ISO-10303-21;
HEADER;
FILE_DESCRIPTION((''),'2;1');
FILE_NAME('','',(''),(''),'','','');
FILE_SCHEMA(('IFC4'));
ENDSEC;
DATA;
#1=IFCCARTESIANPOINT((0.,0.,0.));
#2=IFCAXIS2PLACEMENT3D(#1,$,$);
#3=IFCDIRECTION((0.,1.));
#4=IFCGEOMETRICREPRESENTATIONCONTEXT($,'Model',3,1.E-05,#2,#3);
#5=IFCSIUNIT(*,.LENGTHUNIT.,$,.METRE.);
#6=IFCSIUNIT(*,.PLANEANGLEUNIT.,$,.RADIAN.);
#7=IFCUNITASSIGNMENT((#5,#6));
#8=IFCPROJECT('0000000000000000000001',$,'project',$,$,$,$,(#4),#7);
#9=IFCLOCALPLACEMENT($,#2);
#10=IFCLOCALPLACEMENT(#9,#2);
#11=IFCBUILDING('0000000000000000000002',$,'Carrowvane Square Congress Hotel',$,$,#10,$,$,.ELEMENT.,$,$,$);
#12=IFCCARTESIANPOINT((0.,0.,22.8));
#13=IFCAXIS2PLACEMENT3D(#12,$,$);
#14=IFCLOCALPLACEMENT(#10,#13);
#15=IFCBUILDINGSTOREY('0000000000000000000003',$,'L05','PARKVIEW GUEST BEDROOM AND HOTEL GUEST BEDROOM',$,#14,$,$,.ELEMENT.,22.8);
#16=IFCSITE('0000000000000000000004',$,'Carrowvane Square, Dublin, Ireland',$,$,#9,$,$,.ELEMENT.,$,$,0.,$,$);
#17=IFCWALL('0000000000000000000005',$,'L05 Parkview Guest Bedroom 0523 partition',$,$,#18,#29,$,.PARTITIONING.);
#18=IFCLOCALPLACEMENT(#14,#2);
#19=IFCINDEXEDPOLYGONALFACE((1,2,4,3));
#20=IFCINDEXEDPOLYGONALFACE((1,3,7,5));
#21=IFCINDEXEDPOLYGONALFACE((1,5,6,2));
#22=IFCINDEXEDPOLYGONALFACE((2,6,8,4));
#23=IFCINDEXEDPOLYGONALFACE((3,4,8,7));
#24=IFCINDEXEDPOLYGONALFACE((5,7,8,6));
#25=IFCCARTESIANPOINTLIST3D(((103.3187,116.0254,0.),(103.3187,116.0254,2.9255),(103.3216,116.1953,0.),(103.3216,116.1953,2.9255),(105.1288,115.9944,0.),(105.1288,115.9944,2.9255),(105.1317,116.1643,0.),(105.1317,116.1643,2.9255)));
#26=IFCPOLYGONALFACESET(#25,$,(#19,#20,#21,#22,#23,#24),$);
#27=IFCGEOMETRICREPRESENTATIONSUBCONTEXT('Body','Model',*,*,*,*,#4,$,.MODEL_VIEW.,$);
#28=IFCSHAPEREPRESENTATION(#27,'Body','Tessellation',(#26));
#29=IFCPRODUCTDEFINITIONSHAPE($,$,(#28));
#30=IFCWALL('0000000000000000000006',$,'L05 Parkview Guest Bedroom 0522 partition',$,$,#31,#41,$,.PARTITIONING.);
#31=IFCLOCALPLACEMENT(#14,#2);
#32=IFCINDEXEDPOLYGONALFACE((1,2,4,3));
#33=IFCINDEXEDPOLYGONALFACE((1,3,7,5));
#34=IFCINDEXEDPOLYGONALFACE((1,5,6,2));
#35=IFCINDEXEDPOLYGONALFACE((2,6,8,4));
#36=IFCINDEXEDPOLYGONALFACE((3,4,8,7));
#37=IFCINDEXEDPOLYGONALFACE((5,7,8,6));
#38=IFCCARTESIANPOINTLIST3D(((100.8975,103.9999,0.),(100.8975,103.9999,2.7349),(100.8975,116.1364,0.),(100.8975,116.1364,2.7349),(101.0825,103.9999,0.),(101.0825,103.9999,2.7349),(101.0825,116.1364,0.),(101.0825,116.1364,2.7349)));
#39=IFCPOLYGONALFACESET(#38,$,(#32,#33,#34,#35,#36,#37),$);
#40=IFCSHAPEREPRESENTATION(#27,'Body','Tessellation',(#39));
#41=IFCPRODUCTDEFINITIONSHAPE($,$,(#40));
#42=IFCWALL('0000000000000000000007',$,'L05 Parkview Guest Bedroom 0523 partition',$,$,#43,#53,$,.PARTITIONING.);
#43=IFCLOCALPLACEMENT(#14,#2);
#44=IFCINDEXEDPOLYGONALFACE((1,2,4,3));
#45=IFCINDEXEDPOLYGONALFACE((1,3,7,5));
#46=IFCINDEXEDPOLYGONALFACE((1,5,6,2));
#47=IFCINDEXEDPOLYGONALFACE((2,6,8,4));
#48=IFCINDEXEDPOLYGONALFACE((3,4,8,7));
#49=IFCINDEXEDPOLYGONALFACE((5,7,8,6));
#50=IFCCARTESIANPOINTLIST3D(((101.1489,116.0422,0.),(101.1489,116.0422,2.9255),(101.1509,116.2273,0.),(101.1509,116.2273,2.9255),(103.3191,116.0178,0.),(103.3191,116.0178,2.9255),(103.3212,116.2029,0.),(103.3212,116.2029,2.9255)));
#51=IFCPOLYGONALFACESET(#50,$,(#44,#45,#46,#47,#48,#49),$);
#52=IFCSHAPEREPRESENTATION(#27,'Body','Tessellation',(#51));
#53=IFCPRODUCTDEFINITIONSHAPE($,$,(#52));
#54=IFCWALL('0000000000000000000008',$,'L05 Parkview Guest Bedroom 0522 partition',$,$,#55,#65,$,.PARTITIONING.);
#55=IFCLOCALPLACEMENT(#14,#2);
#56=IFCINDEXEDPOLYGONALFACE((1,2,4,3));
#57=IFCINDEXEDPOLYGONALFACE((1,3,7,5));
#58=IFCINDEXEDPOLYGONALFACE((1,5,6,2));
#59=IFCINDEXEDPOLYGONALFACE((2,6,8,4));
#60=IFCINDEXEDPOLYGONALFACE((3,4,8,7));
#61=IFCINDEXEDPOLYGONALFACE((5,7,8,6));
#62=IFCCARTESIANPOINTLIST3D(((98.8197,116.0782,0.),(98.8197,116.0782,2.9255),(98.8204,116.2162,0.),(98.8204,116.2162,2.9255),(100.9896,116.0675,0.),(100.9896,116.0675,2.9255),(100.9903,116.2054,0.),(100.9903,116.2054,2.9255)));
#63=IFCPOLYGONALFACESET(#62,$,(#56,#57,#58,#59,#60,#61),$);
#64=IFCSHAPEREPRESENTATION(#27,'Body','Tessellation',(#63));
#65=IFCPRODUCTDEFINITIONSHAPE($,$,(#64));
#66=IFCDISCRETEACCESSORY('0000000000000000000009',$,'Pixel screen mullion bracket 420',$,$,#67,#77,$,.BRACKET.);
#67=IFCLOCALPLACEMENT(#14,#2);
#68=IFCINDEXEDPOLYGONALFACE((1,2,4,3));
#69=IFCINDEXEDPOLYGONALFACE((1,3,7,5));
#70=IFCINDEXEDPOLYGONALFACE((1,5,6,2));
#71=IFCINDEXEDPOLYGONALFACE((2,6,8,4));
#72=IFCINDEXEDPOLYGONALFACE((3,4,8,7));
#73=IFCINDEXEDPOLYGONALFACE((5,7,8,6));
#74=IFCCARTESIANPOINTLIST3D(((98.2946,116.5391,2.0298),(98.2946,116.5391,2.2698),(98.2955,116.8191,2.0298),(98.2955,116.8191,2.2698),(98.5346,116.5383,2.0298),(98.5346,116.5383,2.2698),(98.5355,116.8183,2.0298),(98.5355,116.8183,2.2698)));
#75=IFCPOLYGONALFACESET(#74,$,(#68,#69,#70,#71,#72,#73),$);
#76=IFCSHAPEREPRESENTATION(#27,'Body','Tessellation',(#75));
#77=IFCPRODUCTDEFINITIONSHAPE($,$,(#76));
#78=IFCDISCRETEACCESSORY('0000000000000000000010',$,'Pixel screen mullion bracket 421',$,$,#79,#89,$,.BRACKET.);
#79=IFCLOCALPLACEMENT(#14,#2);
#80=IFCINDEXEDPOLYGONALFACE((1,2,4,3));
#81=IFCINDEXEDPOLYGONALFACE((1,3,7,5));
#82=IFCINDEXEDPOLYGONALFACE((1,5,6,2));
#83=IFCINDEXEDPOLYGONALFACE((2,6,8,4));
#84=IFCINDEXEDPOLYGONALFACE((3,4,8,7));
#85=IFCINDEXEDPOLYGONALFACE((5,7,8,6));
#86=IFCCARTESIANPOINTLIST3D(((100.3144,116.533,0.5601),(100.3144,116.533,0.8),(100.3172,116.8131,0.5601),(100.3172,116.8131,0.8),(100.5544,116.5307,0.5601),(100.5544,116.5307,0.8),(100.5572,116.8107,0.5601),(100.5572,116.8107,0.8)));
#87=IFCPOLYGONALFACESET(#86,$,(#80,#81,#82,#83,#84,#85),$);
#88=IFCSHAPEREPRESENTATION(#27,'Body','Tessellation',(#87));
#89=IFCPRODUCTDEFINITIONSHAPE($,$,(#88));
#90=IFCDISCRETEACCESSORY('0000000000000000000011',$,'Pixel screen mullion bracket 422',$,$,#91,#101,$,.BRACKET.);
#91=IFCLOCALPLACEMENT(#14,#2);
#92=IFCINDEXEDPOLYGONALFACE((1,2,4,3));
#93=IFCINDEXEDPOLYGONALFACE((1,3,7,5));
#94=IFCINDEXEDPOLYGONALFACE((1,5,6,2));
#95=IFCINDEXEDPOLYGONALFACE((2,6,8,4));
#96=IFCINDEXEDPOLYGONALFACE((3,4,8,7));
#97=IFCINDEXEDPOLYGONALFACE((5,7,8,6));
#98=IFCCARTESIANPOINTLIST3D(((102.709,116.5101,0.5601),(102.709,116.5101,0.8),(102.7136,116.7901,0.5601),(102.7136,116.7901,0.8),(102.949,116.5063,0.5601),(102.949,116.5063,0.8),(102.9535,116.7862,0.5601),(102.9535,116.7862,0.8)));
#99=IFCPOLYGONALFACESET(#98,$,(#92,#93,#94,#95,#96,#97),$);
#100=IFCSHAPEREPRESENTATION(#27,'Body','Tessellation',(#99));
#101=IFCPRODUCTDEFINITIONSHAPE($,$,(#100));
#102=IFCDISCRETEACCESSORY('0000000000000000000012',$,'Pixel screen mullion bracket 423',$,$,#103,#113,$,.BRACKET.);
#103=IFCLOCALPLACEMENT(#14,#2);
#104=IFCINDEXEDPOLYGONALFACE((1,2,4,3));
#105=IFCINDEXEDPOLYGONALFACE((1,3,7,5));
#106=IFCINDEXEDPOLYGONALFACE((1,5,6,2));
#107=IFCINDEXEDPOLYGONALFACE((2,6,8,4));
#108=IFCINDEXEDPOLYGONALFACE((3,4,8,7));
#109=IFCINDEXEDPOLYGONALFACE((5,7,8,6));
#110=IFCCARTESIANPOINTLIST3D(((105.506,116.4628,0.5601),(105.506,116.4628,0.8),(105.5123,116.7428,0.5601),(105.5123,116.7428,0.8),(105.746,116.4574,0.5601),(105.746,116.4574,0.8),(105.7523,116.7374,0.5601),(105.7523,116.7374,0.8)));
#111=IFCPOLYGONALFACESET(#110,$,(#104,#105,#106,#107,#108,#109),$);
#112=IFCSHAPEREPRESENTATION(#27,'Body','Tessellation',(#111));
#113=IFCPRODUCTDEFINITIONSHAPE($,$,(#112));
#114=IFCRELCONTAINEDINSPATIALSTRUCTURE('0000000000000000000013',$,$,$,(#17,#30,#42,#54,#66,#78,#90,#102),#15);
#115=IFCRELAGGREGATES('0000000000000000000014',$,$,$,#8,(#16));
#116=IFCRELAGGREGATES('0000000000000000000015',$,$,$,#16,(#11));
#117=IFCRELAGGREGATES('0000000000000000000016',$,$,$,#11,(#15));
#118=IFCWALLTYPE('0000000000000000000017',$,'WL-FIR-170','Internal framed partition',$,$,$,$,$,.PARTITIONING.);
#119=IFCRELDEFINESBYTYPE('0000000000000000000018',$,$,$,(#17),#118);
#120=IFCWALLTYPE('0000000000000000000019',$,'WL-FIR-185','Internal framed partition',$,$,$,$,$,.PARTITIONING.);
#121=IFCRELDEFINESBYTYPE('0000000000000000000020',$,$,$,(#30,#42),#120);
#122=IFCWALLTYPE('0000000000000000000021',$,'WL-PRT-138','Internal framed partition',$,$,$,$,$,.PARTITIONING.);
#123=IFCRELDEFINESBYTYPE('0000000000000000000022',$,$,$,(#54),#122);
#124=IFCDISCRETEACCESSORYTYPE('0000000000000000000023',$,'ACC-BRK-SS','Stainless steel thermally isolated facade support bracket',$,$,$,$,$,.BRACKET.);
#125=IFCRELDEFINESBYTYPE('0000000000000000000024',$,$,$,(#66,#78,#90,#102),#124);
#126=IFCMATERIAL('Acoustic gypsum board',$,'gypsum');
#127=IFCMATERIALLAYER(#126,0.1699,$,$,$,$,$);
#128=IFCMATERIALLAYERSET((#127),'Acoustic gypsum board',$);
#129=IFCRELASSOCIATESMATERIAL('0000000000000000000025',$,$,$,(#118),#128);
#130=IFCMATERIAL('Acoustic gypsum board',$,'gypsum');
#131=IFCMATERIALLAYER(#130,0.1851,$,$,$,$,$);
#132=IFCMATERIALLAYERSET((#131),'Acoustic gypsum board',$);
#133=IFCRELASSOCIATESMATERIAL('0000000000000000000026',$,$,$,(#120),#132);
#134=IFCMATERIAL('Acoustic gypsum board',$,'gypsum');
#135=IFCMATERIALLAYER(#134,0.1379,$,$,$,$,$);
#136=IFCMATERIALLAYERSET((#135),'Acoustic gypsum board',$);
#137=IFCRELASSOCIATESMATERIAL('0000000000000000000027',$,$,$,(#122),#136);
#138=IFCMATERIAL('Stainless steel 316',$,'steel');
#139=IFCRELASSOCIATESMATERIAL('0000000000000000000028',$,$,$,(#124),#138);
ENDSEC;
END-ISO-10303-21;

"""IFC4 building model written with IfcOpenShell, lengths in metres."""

from ifc_helpers import new_model, si_unit, direction, frame, frame_2d, origin, origin_2d, place, context, subcontext, project, spatial, rectangle, extrude, material, layer, layer_set, type_object, element, save


model = new_model("IFC4")

# Units and contexts
model_context = context("Model", 3, precision=1e-05, world=origin(), true_north=direction((0.0, 1.0)))
body_context = subcontext(model_context, "Body", "Model", "MODEL_VIEW")
ifc_project = project(units=[si_unit("LENGTHUNIT", "METRE"), si_unit("PLANEANGLEUNIT", "RADIAN")], contexts=[model_context])

# Site, building, storey
site_placement = place(None, origin())
site = spatial("IfcSite", under=ifc_project, at=site_placement, Name="Carrowvane Square, Dublin, Ireland", CompositionType="ELEMENT", RefElevation=0.0)
building_placement = place(site_placement, origin())
building = spatial("IfcBuilding", under=site, at=building_placement, Name="Carrowvane Square Congress Hotel", CompositionType="ELEMENT")
storey_placement = place(building_placement, frame((0.0, 0.0, 22.8)))
storey = spatial("IfcBuildingStorey", under=building, at=storey_placement, Name="L05", Description="PARKVIEW GUEST BEDROOM AND HOTEL GUEST BEDROOM", CompositionType="ELEMENT", Elevation=22.8)

# Walls
ifc_material_1 = material(Name="Acoustic gypsum board", Category="gypsum")
ifc_layer_1 = layer(ifc_material_1, 0.1699)
ifc_layer_set_1 = layer_set([ifc_layer_1], Name="Acoustic gypsum board")
wall_type_1 = type_object("IfcWallType", Name="WL-FIR-170", Description="Internal framed partition", PredefinedType="PARTITIONING", material=ifc_layer_set_1)
wall_1_placement = place(storey_placement, frame((103.3201, 116.1104, 0.0), z_axis=(0.0, 0.0, 1.0), x_axis=(0.999853, -0.017127, 0.0)))
element("IfcWall", 1, at=wall_1_placement, inside=storey, type_object=wall_type_1, Name="L05 Parkview Guest Bedroom 0523 partition", PredefinedType="PARTITIONING", context=body_context, shape_type="SweptSolid", body=[
    extrude(rectangle(XDim=1.8103, YDim=0.1699, at=frame_2d((0.9053, 0.0))), origin(), (0.0, 0.0, 1.0), 2.9255),
])
ifc_material_2 = material(Name="Acoustic gypsum board", Category="gypsum")
ifc_layer_2 = layer(ifc_material_2, 0.1851)
ifc_layer_set_2 = layer_set([ifc_layer_2], Name="Acoustic gypsum board")
wall_type_2 = type_object("IfcWallType", Name="WL-FIR-185", Description="Internal framed partition", PredefinedType="PARTITIONING", material=ifc_layer_set_2)
wall_2_placement = place(storey_placement, frame((100.99, 116.1365, 0.0), z_axis=(0.0, 0.0, 1.0), x_axis=(0.0, -1.0, 0.0)))
element("IfcWall", 2, at=wall_2_placement, inside=storey, type_object=wall_type_2, Name="L05 Parkview Guest Bedroom 0522 partition", PredefinedType="PARTITIONING", context=body_context, shape_type="SweptSolid", body=[
    extrude(rectangle(XDim=12.1365, YDim=0.1851, at=frame_2d((6.0684, 0.0))), origin(), (0.0, 0.0, 1.0), 2.7349),
])
wall_3_placement = place(storey_placement, frame((101.1499, 116.1348, 0.0), z_axis=(0.0, 0.0, 1.0), x_axis=(0.999937, -0.011249, 0.0)))
element("IfcWall", 3, at=wall_3_placement, inside=storey, type_object=wall_type_2, Name="L05 Parkview Guest Bedroom 0523 partition", PredefinedType="PARTITIONING", context=body_context, shape_type="SweptSolid", body=[
    extrude(rectangle(XDim=2.1704, YDim=0.1851, at=frame_2d((1.0852, 0.0))), origin(), (0.0, 0.0, 1.0), 2.9255),
])
ifc_material_3 = material(Name="Acoustic gypsum board", Category="gypsum")
ifc_layer_3 = layer(ifc_material_3, 0.1379)
ifc_layer_set_3 = layer_set([ifc_layer_3], Name="Acoustic gypsum board")
wall_type_3 = type_object("IfcWallType", Name="WL-PRT-138", Description="Internal framed partition", PredefinedType="PARTITIONING", material=ifc_layer_set_3)
wall_4_placement = place(storey_placement, frame((98.8201, 116.1472, 0.0), z_axis=(0.0, 0.0, 1.0), x_axis=(0.999988, -0.00495, 0.0)))
element("IfcWall", 4, at=wall_4_placement, inside=storey, type_object=wall_type_3, Name="L05 Parkview Guest Bedroom 0522 partition", PredefinedType="PARTITIONING", context=body_context, shape_type="SweptSolid", body=[
    extrude(rectangle(XDim=2.1699, YDim=0.1379, at=frame_2d((1.085, 0.0))), origin(), (0.0, 0.0, 1.0), 2.9255),
])

# Discrete accessories
ifc_material_4 = material(Name="Stainless steel 316", Category="steel")
discrete_accessory_type = type_object("IfcDiscreteAccessoryType", Name="ACC-BRK-SS", Description="Stainless steel thermally isolated facade support bracket", PredefinedType="BRACKET", material=ifc_material_4)
for number, where, z_axis, x_axis, name in (
    (5, (98.415, 116.6787, 2.0298), (0.0, 0.0, 1.0), (0.999995, -0.00327, 0.0), "Pixel screen mullion bracket 420"),
    (6, (100.4358, 116.6719, 0.5601), (0.0, 0.0, 1.0), (0.999952, -0.009782, 0.0), "Pixel screen mullion bracket 421"),
    (7, (102.8313, 116.6482, 0.5601), (0.0, 0.0, 1.0), (0.999869, -0.016216, 0.0), "Pixel screen mullion bracket 422"),
    (8, (105.6292, 116.6001, 0.5601), (0.0, 0.0, 1.0), (0.999746, -0.022519, 0.0), "Pixel screen mullion bracket 423"),
):
    element("IfcDiscreteAccessory", number, at=place(storey_placement, frame(where, z_axis=z_axis, x_axis=x_axis)), inside=storey, type_object=discrete_accessory_type, Name=name, PredefinedType="BRACKET", context=body_context, shape_type="SweptSolid", body=[
        extrude(rectangle(XDim=0.24, YDim=0.28, at=origin_2d()), origin(), (0.0, 0.0, 1.0), 0.24),
    ])

save(model, "model.ifc")
